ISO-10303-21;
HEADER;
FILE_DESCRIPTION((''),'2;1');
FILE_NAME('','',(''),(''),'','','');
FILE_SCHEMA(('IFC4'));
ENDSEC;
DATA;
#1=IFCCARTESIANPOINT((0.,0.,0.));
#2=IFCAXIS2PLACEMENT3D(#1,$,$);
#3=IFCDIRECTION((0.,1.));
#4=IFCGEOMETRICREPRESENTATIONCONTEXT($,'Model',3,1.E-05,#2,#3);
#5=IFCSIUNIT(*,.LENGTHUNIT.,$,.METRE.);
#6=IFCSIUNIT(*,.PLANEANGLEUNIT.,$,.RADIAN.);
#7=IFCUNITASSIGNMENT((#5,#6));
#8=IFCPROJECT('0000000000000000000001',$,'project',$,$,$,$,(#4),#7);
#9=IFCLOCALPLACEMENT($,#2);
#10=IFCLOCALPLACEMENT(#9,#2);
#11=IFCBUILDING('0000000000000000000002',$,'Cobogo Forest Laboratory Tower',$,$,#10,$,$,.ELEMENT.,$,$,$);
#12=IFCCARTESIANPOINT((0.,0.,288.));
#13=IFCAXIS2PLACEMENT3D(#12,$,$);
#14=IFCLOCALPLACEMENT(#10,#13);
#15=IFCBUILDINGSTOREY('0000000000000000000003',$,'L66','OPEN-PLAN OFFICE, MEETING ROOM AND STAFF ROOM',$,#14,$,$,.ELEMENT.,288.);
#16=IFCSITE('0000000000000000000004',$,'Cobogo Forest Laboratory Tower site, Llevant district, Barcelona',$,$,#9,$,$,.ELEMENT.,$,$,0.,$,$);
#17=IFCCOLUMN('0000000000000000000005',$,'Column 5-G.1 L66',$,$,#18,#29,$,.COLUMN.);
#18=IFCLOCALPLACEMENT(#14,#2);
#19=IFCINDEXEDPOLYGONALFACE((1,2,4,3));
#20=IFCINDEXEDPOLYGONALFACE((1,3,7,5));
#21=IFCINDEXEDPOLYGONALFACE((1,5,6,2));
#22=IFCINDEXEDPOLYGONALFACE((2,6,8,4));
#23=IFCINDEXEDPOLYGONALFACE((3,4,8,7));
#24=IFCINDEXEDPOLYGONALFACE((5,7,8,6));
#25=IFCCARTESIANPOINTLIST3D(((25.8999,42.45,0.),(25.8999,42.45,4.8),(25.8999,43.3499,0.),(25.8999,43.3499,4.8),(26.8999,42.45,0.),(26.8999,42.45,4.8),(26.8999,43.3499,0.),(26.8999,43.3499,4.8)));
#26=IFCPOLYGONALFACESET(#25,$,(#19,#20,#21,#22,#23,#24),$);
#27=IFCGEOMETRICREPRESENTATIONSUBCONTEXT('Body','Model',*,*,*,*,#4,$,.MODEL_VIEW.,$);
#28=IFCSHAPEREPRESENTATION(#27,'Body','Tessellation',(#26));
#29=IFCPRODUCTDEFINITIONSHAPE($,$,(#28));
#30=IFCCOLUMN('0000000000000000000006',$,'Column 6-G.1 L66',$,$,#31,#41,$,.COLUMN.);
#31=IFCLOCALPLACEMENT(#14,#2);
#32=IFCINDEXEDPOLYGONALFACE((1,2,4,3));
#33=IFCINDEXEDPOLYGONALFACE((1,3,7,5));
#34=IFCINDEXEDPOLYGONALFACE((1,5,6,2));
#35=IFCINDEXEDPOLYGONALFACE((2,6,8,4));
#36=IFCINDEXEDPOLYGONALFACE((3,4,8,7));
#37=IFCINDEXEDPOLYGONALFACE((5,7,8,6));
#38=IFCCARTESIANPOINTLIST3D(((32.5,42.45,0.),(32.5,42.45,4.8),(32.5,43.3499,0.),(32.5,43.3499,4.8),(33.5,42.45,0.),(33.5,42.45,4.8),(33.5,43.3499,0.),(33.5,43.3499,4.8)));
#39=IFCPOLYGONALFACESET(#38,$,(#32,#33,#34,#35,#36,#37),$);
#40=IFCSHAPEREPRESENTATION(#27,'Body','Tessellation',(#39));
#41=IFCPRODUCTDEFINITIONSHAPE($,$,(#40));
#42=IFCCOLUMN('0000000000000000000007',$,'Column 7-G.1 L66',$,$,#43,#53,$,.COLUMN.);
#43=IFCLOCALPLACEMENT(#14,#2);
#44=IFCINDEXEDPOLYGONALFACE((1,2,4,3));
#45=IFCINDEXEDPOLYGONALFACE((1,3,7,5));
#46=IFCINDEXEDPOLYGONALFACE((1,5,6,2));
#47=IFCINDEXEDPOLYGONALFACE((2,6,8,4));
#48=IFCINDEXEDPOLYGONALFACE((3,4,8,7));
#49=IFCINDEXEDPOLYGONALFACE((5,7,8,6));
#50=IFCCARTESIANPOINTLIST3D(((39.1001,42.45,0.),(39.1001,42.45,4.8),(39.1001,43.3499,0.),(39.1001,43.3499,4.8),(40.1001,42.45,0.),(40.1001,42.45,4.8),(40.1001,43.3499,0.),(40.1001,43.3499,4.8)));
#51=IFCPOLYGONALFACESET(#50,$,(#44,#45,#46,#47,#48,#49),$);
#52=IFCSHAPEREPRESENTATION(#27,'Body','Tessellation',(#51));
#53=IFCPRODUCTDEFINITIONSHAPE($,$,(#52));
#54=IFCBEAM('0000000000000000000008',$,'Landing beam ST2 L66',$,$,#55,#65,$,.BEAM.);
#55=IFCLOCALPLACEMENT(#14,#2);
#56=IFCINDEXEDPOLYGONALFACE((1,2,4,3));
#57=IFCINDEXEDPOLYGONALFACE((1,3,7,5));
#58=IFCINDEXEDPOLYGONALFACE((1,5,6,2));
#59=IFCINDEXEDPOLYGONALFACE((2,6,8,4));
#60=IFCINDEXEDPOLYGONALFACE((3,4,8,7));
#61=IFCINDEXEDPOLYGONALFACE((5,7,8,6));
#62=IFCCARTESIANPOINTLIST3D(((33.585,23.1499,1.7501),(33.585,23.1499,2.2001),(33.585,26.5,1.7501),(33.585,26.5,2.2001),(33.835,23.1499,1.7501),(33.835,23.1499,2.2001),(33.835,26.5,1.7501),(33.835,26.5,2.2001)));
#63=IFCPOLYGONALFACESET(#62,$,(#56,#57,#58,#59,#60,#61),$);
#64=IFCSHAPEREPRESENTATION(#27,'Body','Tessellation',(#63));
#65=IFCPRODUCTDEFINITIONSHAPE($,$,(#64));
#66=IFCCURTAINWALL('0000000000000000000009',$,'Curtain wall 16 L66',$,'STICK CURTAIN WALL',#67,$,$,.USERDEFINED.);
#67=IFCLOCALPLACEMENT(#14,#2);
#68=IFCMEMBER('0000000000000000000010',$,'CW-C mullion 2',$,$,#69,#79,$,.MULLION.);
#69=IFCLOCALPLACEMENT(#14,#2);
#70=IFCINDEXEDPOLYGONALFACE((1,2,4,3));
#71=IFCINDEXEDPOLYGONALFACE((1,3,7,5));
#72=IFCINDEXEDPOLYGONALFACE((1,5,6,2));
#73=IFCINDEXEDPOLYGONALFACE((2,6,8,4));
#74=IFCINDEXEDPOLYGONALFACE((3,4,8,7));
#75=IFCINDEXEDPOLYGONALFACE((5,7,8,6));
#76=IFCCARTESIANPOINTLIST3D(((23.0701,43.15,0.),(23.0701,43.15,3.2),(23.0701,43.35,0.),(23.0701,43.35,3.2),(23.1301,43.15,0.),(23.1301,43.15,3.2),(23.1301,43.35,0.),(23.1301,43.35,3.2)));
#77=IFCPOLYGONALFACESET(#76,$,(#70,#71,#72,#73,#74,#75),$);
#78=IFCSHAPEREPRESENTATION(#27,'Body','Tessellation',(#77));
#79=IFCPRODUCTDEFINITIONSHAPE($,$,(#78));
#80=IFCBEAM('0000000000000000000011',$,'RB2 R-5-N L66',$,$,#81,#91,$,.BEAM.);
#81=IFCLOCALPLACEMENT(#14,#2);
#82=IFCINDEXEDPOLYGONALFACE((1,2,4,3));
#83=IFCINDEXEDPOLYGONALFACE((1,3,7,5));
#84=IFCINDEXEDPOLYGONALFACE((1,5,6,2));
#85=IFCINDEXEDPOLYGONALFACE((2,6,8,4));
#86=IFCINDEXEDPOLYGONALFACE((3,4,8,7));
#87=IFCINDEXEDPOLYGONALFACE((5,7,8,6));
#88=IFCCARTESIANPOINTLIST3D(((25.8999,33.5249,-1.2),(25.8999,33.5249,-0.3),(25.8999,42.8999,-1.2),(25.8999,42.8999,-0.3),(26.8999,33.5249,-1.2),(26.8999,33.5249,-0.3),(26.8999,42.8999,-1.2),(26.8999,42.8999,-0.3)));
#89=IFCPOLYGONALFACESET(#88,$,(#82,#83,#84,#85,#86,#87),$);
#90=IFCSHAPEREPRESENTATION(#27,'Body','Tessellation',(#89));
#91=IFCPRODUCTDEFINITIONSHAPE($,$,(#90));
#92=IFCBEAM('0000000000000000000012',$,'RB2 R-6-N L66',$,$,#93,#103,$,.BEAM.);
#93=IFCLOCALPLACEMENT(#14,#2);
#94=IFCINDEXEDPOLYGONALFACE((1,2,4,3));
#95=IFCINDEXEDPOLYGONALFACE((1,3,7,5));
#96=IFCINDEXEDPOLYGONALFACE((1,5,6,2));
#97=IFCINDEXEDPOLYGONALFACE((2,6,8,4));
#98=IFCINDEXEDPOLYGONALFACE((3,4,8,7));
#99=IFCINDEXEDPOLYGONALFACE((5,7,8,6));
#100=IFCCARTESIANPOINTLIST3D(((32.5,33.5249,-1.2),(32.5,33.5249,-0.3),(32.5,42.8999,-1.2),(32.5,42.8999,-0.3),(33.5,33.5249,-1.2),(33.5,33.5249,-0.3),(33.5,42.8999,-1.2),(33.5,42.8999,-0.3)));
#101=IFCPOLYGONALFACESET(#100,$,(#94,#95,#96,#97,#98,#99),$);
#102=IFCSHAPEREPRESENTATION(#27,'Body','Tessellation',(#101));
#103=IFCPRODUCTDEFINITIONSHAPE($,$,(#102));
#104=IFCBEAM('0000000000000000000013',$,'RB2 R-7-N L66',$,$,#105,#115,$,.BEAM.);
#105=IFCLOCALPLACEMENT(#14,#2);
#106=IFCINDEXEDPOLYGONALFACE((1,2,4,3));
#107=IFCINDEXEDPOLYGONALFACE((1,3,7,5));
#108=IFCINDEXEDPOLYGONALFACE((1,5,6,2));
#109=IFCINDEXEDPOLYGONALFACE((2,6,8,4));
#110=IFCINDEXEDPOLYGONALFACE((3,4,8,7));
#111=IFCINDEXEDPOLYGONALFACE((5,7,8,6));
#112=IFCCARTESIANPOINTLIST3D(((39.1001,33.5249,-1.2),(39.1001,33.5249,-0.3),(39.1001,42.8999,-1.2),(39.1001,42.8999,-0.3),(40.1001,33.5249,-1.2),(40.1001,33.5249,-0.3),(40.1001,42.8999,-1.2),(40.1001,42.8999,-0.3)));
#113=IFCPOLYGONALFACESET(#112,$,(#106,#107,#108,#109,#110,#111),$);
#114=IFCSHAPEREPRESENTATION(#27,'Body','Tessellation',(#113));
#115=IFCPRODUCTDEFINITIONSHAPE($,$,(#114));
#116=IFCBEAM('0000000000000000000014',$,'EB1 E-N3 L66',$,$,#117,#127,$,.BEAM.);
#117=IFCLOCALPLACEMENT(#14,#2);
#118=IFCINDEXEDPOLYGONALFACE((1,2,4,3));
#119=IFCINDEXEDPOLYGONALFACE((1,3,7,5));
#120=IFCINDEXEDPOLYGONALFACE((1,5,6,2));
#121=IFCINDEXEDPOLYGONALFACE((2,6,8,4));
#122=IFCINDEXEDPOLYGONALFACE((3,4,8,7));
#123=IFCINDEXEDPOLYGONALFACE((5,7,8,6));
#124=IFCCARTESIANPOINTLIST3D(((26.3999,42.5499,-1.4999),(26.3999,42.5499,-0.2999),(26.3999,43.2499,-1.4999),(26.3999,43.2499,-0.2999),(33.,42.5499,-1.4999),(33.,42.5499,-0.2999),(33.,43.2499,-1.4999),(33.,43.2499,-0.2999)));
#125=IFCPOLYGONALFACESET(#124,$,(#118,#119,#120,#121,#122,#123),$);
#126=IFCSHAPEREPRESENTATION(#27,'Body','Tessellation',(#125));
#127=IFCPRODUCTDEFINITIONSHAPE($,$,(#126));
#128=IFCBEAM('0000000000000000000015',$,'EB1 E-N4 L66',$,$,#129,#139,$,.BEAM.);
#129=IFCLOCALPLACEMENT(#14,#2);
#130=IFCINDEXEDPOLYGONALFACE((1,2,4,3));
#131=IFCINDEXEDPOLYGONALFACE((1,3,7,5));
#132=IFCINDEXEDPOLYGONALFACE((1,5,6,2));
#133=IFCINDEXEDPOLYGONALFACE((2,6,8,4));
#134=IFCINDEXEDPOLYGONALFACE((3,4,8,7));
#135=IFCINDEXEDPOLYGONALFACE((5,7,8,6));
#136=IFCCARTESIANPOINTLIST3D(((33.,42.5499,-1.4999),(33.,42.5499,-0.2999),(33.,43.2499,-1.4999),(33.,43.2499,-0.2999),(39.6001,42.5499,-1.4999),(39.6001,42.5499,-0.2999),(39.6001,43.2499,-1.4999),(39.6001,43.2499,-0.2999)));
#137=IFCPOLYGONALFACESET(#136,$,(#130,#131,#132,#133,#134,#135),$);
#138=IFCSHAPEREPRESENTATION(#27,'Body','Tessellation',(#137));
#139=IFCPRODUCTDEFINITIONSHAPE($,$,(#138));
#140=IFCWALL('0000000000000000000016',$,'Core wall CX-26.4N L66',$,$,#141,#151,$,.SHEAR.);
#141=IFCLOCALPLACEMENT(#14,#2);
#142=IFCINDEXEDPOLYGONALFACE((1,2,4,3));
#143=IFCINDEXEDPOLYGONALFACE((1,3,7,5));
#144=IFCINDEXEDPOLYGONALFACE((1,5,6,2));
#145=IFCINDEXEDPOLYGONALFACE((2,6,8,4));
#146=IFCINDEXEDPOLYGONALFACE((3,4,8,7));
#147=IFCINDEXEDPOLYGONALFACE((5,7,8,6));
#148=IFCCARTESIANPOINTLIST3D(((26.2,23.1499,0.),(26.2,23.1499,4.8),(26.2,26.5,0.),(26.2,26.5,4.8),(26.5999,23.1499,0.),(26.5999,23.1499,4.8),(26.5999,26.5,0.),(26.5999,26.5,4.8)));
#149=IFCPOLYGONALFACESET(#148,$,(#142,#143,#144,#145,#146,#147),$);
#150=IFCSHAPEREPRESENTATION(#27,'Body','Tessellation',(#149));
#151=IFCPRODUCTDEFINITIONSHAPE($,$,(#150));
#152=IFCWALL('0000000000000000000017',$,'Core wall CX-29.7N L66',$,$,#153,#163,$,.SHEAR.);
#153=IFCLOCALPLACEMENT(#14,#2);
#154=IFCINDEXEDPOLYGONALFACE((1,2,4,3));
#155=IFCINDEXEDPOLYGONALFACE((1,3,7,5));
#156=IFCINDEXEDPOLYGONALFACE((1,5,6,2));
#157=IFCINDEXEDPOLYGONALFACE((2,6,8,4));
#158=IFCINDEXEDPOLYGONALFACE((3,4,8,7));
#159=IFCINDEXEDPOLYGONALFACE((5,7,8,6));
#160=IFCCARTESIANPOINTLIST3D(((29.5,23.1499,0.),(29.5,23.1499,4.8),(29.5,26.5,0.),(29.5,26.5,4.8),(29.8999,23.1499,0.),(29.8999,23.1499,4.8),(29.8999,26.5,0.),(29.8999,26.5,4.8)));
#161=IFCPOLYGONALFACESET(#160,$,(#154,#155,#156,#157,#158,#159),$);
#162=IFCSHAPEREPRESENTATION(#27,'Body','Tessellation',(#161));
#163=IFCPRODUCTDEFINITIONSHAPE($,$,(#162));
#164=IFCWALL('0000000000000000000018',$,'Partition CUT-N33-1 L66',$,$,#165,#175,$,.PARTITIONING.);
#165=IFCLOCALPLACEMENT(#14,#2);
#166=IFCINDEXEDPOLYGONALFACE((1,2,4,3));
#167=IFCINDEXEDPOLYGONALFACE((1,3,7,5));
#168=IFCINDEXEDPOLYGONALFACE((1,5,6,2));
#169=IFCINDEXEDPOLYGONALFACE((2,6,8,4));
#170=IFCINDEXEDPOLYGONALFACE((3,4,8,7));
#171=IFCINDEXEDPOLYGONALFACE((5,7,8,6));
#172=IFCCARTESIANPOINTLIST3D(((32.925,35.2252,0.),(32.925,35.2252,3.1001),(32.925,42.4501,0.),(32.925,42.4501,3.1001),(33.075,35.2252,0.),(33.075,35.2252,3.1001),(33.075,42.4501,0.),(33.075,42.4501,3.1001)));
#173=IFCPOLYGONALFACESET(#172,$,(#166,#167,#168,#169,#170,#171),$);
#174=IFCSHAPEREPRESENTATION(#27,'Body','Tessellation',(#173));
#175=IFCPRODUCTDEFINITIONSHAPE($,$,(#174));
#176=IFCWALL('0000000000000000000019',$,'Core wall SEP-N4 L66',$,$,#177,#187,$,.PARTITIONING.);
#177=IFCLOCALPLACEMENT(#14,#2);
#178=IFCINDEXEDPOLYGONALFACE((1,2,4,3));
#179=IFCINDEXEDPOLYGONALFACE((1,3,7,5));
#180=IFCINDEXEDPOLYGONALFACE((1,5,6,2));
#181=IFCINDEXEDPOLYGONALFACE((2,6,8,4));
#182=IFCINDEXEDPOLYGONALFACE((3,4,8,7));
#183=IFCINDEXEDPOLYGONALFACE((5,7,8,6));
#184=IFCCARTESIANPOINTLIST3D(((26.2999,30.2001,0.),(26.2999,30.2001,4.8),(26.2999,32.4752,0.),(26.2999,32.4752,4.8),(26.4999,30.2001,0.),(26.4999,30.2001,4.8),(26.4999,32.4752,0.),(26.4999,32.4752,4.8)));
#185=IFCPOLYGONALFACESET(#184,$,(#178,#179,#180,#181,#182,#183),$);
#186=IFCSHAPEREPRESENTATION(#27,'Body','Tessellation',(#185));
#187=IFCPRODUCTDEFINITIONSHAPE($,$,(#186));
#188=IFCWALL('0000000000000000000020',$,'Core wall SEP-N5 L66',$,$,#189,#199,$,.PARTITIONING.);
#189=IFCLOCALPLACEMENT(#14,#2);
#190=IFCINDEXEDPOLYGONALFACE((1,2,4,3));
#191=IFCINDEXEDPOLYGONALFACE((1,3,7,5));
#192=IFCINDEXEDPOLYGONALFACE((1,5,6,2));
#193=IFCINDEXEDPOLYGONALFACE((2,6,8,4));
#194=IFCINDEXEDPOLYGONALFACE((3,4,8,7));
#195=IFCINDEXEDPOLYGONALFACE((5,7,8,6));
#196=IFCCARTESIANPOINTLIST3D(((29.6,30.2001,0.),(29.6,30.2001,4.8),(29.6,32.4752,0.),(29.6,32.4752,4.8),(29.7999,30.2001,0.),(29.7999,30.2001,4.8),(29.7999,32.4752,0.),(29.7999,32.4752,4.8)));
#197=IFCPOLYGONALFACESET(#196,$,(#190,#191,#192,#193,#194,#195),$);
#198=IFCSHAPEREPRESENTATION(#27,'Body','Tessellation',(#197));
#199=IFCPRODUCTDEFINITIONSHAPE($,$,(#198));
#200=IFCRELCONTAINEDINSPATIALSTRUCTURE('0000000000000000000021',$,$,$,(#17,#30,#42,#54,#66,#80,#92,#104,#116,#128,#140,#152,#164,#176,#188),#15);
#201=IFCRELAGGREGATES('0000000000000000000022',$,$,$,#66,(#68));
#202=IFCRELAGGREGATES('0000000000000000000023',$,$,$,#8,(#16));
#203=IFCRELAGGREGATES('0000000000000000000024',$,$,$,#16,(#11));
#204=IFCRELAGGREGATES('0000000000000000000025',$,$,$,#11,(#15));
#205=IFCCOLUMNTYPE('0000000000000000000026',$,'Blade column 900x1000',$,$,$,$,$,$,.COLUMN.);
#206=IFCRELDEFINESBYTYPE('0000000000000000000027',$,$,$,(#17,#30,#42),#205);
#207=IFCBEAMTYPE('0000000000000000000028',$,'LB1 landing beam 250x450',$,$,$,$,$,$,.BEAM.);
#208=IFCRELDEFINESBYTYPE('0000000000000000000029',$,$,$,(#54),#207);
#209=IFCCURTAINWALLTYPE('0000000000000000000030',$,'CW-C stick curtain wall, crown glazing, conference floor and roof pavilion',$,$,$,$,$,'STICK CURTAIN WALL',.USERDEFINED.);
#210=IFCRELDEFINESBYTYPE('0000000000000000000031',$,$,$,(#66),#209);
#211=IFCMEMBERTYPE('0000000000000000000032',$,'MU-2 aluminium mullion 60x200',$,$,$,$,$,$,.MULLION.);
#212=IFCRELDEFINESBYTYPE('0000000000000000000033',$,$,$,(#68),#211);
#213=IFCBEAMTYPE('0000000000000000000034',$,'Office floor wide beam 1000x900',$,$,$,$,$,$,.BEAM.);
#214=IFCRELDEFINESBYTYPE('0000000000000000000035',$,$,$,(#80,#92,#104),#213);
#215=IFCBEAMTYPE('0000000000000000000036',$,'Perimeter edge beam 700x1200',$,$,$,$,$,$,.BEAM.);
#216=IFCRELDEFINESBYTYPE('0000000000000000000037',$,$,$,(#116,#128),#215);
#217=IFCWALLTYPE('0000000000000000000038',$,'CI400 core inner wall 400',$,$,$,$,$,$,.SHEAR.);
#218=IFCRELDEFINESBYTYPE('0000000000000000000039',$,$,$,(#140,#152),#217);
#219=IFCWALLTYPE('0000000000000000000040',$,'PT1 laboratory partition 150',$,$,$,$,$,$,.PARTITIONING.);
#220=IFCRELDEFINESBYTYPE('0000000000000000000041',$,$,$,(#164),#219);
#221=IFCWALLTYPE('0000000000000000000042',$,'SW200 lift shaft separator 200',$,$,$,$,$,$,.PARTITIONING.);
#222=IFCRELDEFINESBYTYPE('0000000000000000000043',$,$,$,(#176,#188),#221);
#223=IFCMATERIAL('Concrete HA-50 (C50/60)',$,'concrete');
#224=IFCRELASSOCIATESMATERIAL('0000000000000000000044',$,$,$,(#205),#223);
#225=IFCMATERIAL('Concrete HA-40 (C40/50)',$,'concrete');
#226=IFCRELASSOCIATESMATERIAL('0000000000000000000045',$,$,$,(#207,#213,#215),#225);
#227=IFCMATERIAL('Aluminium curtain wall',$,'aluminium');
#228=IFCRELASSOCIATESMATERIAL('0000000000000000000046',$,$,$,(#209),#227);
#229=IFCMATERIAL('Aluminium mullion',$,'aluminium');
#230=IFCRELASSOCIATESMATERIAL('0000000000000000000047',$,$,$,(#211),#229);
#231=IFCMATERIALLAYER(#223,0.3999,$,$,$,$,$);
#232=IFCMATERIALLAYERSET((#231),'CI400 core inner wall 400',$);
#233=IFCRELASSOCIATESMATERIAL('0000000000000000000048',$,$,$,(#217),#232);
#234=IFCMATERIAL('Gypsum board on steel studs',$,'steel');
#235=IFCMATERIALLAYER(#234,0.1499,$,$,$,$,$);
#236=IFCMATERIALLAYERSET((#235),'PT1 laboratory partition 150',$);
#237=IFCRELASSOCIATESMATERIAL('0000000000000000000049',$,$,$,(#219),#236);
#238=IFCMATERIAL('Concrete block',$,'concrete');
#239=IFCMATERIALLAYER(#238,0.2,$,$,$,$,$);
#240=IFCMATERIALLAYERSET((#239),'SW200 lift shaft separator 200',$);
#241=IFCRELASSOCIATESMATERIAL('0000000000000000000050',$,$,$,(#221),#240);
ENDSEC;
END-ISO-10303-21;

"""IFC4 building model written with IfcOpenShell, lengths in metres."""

from ifc_helpers import new_model, si_unit, direction, frame, frame_2d, origin, origin_2d, place, context, subcontext, project, spatial, rectangle, extrude, material, layer, layer_set, material_profile, profile_set, type_object, element, aggregate, save


model = new_model("IFC4")

# Units and contexts
model_context = context("Model", 3, precision=1e-05, world=origin(), true_north=direction((0.0, 1.0)))
body_context = subcontext(model_context, "Body", "Model", "MODEL_VIEW")
ifc_project = project(units=[si_unit("LENGTHUNIT", "METRE"), si_unit("PLANEANGLEUNIT", "RADIAN")], contexts=[model_context])

# Site, building, storey
site_placement = place(None, origin())
site = spatial("IfcSite", under=ifc_project, at=site_placement, Name="Cobogo Forest Laboratory Tower site, Llevant district, Barcelona", CompositionType="ELEMENT", RefElevation=0.0)
building_placement = place(site_placement, origin())
building = spatial("IfcBuilding", under=site, at=building_placement, Name="Cobogo Forest Laboratory Tower", CompositionType="ELEMENT")
storey_placement = place(building_placement, frame((0.0, 0.0, 288.0)))
storey = spatial("IfcBuildingStorey", under=building, at=storey_placement, Name="L66", Description="OPEN-PLAN OFFICE, MEETING ROOM AND STAFF ROOM", CompositionType="ELEMENT", Elevation=288.0)

# Columns
ifc_material_1 = material(Name="Concrete HA-50 (C50/60)", Category="concrete")
ifc_material_profile_1 = material_profile(ifc_material_1, rectangle(XDim=1.0, YDim=0.8999, at=origin_2d()), Name="RC 900x1000")
ifc_profile_set_1 = profile_set([ifc_material_profile_1], Name="Concrete HA-50 (C50/60)")
column_type = type_object("IfcColumnType", Name="Blade column 900x1000", PredefinedType="COLUMN", material=ifc_profile_set_1)
for number, where, z_axis, x_axis, name in (
    (1, (26.3999, 42.8999, 0.0), (0.0, 0.0, 1.0), (1.0, 0.0, 0.0), "Column 5-G.1 L66"),
    (2, (33.0, 42.8999, 0.0), (0.0, 0.0, 1.0), (1.0, 0.0, 0.0), "Column 6-G.1 L66"),
    (3, (39.6001, 42.8999, 0.0), (0.0, 0.0, 1.0), (1.0, 0.0, 0.0), "Column 7-G.1 L66"),
):
    element("IfcColumn", number, at=place(storey_placement, frame(where, z_axis=z_axis, x_axis=x_axis)), inside=storey, type_object=column_type, Name=name, PredefinedType="COLUMN", context=body_context, shape_type="SweptSolid", body=[
        extrude(rectangle(XDim=1.0, YDim=0.8999, at=origin_2d()), origin(), (0.0, 0.0, 1.0), 4.8),
    ])

# Beam
ifc_material_2 = material(Name="Concrete HA-40 (C40/50)", Category="concrete")
ifc_material_profile_2 = material_profile(ifc_material_2, rectangle(XDim=0.25, YDim=0.45, at=origin_2d()), Name="RC 250x450")
ifc_profile_set_2 = profile_set([ifc_material_profile_2], Name="Concrete HA-40 (C40/50)")
beam_type_1 = type_object("IfcBeamType", Name="LB1 landing beam 250x450", PredefinedType="BEAM", material=ifc_profile_set_2)
beam_placement = place(storey_placement, frame((33.71, 23.1499, 1.9751), z_axis=(0.0, 1.0, 0.0), x_axis=(-1.0, 0.0, 0.0)))
element("IfcBeam", 4, at=beam_placement, inside=storey, type_object=beam_type_1, Name="Landing beam ST2 L66", PredefinedType="BEAM", context=body_context, shape_type="SweptSolid", body=[
    extrude(rectangle(XDim=0.25, YDim=0.45, at=origin_2d()), origin(), (0.0, 0.0, 1.0), 3.3501),
])

# Curtain wall, member
ifc_material_3 = material(Name="Aluminium curtain wall", Category="aluminium")
curtain_wall_type = type_object("IfcCurtainWallType", Name="CW-C stick curtain wall, crown glazing, conference floor and roof pavilion", ElementType="STICK CURTAIN WALL", PredefinedType="USERDEFINED", material=ifc_material_3)
curtain_wall_placement = place(storey_placement, origin())
curtain_wall = element("IfcCurtainWall", 5, at=curtain_wall_placement, inside=storey, type_object=curtain_wall_type, Name="Curtain wall 16 L66", ObjectType="STICK CURTAIN WALL", PredefinedType="USERDEFINED")
ifc_material_4 = material(Name="Aluminium mullion", Category="aluminium")
ifc_material_profile_3 = material_profile(ifc_material_4, rectangle(XDim=0.0601, YDim=0.2, at=origin_2d()), Name="AL 60x200")
ifc_profile_set_3 = profile_set([ifc_material_profile_3], Name="Aluminium mullion")
member_type = type_object("IfcMemberType", Name="MU-2 aluminium mullion 60x200", PredefinedType="MULLION", material=ifc_profile_set_3)
member_placement = place(storey_placement, frame((23.1001, 43.25, 0.0), z_axis=(0.0, 0.0, 1.0), x_axis=(-1.0, 0.0, 0.0)))
member = element("IfcMember", 6, at=member_placement, type_object=member_type, Name="CW-C mullion 2", PredefinedType="MULLION", context=body_context, shape_type="SweptSolid", body=[
    extrude(rectangle(XDim=0.0601, YDim=0.2, at=origin_2d()), origin(), (0.0, 0.0, 1.0), 3.2),
])
aggregate(curtain_wall, [member])

# Beams
ifc_material_profile_4 = material_profile(ifc_material_2, rectangle(XDim=1.0, YDim=0.8999, at=origin_2d()), Name="RC 1000x900")
ifc_profile_set_4 = profile_set([ifc_material_profile_4], Name="Concrete HA-40 (C40/50)")
beam_type_2 = type_object("IfcBeamType", Name="Office floor wide beam 1000x900", PredefinedType="BEAM", material=ifc_profile_set_4)
for number, where, z_axis, x_axis, name in (
    (7, (26.3999, 33.5249, -0.75), (0.0, 1.0, 0.0), (-1.0, 0.0, 0.0), "RB2 R-5-N L66"),
    (8, (33.0, 33.5249, -0.75), (0.0, 1.0, 0.0), (-1.0, 0.0, 0.0), "RB2 R-6-N L66"),
    (9, (39.6001, 33.5249, -0.75), (0.0, 1.0, 0.0), (-1.0, 0.0, 0.0), "RB2 R-7-N L66"),
):
    element("IfcBeam", number, at=place(storey_placement, frame(where, z_axis=z_axis, x_axis=x_axis)), inside=storey, type_object=beam_type_2, Name=name, PredefinedType="BEAM", context=body_context, shape_type="SweptSolid", body=[
        extrude(rectangle(XDim=1.0, YDim=0.8999, at=origin_2d()), origin(), (0.0, 0.0, 1.0), 9.375),
    ])
ifc_material_profile_5 = material_profile(ifc_material_2, rectangle(XDim=0.7, YDim=1.2, at=origin_2d()), Name="RC 700x1200")
ifc_profile_set_5 = profile_set([ifc_material_profile_5], Name="Concrete HA-40 (C40/50)")
beam_type_3 = type_object("IfcBeamType", Name="Perimeter edge beam 700x1200", PredefinedType="BEAM", material=ifc_profile_set_5)
for number, where, z_axis, x_axis, name in (
    (10, (26.3999, 42.8999, -0.8999), (1.0, 0.0, 0.0), (0.0, 1.0, 0.0), "EB1 E-N3 L66"),
    (11, (33.0, 42.8999, -0.8999), (1.0, 0.0, 0.0), (0.0, 1.0, 0.0), "EB1 E-N4 L66"),
):
    element("IfcBeam", number, at=place(storey_placement, frame(where, z_axis=z_axis, x_axis=x_axis)), inside=storey, type_object=beam_type_3, Name=name, PredefinedType="BEAM", context=body_context, shape_type="SweptSolid", body=[
        extrude(rectangle(XDim=0.7, YDim=1.2, at=origin_2d()), origin(), (0.0, 0.0, 1.0), 6.6001),
    ])

# Walls
ifc_layer_1 = layer(ifc_material_1, 0.3999)
ifc_layer_set_1 = layer_set([ifc_layer_1], Name="CI400 core inner wall 400")
wall_type_1 = type_object("IfcWallType", Name="CI400 core inner wall 400", PredefinedType="SHEAR", material=ifc_layer_set_1)
for number, where, z_axis, x_axis, name in (
    (12, (26.3999, 23.1499, 0.0), (0.0, 0.0, 1.0), (0.0, 1.0, 0.0), "Core wall CX-26.4N L66"),
    (13, (29.7, 23.1499, 0.0), (0.0, 0.0, 1.0), (0.0, 1.0, 0.0), "Core wall CX-29.7N L66"),
):
    element("IfcWall", number, at=place(storey_placement, frame(where, z_axis=z_axis, x_axis=x_axis)), inside=storey, type_object=wall_type_1, Name=name, PredefinedType="SHEAR", context=body_context, shape_type="SweptSolid", body=[
        extrude(rectangle(XDim=3.3501, YDim=0.3999, at=frame_2d((1.675, 0.0))), origin(), (0.0, 0.0, 1.0), 4.8),
    ])
ifc_material_5 = material(Name="Gypsum board on steel studs", Category="steel")
ifc_layer_2 = layer(ifc_material_5, 0.1499)
ifc_layer_set_2 = layer_set([ifc_layer_2], Name="PT1 laboratory partition 150")
wall_type_2 = type_object("IfcWallType", Name="PT1 laboratory partition 150", PredefinedType="PARTITIONING", material=ifc_layer_set_2)
wall_1_placement = place(storey_placement, frame((33.0, 42.45, 0.0), z_axis=(0.0, 0.0, 1.0), x_axis=(0.0, -1.0, 0.0)))
element("IfcWall", 14, at=wall_1_placement, inside=storey, type_object=wall_type_2, Name="Partition CUT-N33-1 L66", PredefinedType="PARTITIONING", context=body_context, shape_type="SweptSolid", body=[
    extrude(rectangle(XDim=7.2249, YDim=0.1499, at=frame_2d((3.6123, 0.0))), origin(), (0.0, 0.0, 1.0), 3.1001),
])
ifc_material_6 = material(Name="Concrete block", Category="concrete")
ifc_layer_3 = layer(ifc_material_6, 0.2)
ifc_layer_set_3 = layer_set([ifc_layer_3], Name="SW200 lift shaft separator 200")
wall_type_3 = type_object("IfcWallType", Name="SW200 lift shaft separator 200", PredefinedType="PARTITIONING", material=ifc_layer_set_3)
for number, where, z_axis, x_axis, name in (
    (15, (26.3999, 30.2, 0.0), (0.0, 0.0, 1.0), (0.0, 1.0, 0.0), "Core wall SEP-N4 L66"),
    (16, (29.7, 30.2, 0.0), (0.0, 0.0, 1.0), (0.0, 1.0, 0.0), "Core wall SEP-N5 L66"),
):
    element("IfcWall", number, at=place(storey_placement, frame(where, z_axis=z_axis, x_axis=x_axis)), inside=storey, type_object=wall_type_3, Name=name, PredefinedType="PARTITIONING", context=body_context, shape_type="SweptSolid", body=[
        extrude(rectangle(XDim=2.2751, YDim=0.2, at=frame_2d((1.1377, 0.0))), origin(), (0.0, 0.0, 1.0), 4.8),
    ])

save(model, "model.ifc")
